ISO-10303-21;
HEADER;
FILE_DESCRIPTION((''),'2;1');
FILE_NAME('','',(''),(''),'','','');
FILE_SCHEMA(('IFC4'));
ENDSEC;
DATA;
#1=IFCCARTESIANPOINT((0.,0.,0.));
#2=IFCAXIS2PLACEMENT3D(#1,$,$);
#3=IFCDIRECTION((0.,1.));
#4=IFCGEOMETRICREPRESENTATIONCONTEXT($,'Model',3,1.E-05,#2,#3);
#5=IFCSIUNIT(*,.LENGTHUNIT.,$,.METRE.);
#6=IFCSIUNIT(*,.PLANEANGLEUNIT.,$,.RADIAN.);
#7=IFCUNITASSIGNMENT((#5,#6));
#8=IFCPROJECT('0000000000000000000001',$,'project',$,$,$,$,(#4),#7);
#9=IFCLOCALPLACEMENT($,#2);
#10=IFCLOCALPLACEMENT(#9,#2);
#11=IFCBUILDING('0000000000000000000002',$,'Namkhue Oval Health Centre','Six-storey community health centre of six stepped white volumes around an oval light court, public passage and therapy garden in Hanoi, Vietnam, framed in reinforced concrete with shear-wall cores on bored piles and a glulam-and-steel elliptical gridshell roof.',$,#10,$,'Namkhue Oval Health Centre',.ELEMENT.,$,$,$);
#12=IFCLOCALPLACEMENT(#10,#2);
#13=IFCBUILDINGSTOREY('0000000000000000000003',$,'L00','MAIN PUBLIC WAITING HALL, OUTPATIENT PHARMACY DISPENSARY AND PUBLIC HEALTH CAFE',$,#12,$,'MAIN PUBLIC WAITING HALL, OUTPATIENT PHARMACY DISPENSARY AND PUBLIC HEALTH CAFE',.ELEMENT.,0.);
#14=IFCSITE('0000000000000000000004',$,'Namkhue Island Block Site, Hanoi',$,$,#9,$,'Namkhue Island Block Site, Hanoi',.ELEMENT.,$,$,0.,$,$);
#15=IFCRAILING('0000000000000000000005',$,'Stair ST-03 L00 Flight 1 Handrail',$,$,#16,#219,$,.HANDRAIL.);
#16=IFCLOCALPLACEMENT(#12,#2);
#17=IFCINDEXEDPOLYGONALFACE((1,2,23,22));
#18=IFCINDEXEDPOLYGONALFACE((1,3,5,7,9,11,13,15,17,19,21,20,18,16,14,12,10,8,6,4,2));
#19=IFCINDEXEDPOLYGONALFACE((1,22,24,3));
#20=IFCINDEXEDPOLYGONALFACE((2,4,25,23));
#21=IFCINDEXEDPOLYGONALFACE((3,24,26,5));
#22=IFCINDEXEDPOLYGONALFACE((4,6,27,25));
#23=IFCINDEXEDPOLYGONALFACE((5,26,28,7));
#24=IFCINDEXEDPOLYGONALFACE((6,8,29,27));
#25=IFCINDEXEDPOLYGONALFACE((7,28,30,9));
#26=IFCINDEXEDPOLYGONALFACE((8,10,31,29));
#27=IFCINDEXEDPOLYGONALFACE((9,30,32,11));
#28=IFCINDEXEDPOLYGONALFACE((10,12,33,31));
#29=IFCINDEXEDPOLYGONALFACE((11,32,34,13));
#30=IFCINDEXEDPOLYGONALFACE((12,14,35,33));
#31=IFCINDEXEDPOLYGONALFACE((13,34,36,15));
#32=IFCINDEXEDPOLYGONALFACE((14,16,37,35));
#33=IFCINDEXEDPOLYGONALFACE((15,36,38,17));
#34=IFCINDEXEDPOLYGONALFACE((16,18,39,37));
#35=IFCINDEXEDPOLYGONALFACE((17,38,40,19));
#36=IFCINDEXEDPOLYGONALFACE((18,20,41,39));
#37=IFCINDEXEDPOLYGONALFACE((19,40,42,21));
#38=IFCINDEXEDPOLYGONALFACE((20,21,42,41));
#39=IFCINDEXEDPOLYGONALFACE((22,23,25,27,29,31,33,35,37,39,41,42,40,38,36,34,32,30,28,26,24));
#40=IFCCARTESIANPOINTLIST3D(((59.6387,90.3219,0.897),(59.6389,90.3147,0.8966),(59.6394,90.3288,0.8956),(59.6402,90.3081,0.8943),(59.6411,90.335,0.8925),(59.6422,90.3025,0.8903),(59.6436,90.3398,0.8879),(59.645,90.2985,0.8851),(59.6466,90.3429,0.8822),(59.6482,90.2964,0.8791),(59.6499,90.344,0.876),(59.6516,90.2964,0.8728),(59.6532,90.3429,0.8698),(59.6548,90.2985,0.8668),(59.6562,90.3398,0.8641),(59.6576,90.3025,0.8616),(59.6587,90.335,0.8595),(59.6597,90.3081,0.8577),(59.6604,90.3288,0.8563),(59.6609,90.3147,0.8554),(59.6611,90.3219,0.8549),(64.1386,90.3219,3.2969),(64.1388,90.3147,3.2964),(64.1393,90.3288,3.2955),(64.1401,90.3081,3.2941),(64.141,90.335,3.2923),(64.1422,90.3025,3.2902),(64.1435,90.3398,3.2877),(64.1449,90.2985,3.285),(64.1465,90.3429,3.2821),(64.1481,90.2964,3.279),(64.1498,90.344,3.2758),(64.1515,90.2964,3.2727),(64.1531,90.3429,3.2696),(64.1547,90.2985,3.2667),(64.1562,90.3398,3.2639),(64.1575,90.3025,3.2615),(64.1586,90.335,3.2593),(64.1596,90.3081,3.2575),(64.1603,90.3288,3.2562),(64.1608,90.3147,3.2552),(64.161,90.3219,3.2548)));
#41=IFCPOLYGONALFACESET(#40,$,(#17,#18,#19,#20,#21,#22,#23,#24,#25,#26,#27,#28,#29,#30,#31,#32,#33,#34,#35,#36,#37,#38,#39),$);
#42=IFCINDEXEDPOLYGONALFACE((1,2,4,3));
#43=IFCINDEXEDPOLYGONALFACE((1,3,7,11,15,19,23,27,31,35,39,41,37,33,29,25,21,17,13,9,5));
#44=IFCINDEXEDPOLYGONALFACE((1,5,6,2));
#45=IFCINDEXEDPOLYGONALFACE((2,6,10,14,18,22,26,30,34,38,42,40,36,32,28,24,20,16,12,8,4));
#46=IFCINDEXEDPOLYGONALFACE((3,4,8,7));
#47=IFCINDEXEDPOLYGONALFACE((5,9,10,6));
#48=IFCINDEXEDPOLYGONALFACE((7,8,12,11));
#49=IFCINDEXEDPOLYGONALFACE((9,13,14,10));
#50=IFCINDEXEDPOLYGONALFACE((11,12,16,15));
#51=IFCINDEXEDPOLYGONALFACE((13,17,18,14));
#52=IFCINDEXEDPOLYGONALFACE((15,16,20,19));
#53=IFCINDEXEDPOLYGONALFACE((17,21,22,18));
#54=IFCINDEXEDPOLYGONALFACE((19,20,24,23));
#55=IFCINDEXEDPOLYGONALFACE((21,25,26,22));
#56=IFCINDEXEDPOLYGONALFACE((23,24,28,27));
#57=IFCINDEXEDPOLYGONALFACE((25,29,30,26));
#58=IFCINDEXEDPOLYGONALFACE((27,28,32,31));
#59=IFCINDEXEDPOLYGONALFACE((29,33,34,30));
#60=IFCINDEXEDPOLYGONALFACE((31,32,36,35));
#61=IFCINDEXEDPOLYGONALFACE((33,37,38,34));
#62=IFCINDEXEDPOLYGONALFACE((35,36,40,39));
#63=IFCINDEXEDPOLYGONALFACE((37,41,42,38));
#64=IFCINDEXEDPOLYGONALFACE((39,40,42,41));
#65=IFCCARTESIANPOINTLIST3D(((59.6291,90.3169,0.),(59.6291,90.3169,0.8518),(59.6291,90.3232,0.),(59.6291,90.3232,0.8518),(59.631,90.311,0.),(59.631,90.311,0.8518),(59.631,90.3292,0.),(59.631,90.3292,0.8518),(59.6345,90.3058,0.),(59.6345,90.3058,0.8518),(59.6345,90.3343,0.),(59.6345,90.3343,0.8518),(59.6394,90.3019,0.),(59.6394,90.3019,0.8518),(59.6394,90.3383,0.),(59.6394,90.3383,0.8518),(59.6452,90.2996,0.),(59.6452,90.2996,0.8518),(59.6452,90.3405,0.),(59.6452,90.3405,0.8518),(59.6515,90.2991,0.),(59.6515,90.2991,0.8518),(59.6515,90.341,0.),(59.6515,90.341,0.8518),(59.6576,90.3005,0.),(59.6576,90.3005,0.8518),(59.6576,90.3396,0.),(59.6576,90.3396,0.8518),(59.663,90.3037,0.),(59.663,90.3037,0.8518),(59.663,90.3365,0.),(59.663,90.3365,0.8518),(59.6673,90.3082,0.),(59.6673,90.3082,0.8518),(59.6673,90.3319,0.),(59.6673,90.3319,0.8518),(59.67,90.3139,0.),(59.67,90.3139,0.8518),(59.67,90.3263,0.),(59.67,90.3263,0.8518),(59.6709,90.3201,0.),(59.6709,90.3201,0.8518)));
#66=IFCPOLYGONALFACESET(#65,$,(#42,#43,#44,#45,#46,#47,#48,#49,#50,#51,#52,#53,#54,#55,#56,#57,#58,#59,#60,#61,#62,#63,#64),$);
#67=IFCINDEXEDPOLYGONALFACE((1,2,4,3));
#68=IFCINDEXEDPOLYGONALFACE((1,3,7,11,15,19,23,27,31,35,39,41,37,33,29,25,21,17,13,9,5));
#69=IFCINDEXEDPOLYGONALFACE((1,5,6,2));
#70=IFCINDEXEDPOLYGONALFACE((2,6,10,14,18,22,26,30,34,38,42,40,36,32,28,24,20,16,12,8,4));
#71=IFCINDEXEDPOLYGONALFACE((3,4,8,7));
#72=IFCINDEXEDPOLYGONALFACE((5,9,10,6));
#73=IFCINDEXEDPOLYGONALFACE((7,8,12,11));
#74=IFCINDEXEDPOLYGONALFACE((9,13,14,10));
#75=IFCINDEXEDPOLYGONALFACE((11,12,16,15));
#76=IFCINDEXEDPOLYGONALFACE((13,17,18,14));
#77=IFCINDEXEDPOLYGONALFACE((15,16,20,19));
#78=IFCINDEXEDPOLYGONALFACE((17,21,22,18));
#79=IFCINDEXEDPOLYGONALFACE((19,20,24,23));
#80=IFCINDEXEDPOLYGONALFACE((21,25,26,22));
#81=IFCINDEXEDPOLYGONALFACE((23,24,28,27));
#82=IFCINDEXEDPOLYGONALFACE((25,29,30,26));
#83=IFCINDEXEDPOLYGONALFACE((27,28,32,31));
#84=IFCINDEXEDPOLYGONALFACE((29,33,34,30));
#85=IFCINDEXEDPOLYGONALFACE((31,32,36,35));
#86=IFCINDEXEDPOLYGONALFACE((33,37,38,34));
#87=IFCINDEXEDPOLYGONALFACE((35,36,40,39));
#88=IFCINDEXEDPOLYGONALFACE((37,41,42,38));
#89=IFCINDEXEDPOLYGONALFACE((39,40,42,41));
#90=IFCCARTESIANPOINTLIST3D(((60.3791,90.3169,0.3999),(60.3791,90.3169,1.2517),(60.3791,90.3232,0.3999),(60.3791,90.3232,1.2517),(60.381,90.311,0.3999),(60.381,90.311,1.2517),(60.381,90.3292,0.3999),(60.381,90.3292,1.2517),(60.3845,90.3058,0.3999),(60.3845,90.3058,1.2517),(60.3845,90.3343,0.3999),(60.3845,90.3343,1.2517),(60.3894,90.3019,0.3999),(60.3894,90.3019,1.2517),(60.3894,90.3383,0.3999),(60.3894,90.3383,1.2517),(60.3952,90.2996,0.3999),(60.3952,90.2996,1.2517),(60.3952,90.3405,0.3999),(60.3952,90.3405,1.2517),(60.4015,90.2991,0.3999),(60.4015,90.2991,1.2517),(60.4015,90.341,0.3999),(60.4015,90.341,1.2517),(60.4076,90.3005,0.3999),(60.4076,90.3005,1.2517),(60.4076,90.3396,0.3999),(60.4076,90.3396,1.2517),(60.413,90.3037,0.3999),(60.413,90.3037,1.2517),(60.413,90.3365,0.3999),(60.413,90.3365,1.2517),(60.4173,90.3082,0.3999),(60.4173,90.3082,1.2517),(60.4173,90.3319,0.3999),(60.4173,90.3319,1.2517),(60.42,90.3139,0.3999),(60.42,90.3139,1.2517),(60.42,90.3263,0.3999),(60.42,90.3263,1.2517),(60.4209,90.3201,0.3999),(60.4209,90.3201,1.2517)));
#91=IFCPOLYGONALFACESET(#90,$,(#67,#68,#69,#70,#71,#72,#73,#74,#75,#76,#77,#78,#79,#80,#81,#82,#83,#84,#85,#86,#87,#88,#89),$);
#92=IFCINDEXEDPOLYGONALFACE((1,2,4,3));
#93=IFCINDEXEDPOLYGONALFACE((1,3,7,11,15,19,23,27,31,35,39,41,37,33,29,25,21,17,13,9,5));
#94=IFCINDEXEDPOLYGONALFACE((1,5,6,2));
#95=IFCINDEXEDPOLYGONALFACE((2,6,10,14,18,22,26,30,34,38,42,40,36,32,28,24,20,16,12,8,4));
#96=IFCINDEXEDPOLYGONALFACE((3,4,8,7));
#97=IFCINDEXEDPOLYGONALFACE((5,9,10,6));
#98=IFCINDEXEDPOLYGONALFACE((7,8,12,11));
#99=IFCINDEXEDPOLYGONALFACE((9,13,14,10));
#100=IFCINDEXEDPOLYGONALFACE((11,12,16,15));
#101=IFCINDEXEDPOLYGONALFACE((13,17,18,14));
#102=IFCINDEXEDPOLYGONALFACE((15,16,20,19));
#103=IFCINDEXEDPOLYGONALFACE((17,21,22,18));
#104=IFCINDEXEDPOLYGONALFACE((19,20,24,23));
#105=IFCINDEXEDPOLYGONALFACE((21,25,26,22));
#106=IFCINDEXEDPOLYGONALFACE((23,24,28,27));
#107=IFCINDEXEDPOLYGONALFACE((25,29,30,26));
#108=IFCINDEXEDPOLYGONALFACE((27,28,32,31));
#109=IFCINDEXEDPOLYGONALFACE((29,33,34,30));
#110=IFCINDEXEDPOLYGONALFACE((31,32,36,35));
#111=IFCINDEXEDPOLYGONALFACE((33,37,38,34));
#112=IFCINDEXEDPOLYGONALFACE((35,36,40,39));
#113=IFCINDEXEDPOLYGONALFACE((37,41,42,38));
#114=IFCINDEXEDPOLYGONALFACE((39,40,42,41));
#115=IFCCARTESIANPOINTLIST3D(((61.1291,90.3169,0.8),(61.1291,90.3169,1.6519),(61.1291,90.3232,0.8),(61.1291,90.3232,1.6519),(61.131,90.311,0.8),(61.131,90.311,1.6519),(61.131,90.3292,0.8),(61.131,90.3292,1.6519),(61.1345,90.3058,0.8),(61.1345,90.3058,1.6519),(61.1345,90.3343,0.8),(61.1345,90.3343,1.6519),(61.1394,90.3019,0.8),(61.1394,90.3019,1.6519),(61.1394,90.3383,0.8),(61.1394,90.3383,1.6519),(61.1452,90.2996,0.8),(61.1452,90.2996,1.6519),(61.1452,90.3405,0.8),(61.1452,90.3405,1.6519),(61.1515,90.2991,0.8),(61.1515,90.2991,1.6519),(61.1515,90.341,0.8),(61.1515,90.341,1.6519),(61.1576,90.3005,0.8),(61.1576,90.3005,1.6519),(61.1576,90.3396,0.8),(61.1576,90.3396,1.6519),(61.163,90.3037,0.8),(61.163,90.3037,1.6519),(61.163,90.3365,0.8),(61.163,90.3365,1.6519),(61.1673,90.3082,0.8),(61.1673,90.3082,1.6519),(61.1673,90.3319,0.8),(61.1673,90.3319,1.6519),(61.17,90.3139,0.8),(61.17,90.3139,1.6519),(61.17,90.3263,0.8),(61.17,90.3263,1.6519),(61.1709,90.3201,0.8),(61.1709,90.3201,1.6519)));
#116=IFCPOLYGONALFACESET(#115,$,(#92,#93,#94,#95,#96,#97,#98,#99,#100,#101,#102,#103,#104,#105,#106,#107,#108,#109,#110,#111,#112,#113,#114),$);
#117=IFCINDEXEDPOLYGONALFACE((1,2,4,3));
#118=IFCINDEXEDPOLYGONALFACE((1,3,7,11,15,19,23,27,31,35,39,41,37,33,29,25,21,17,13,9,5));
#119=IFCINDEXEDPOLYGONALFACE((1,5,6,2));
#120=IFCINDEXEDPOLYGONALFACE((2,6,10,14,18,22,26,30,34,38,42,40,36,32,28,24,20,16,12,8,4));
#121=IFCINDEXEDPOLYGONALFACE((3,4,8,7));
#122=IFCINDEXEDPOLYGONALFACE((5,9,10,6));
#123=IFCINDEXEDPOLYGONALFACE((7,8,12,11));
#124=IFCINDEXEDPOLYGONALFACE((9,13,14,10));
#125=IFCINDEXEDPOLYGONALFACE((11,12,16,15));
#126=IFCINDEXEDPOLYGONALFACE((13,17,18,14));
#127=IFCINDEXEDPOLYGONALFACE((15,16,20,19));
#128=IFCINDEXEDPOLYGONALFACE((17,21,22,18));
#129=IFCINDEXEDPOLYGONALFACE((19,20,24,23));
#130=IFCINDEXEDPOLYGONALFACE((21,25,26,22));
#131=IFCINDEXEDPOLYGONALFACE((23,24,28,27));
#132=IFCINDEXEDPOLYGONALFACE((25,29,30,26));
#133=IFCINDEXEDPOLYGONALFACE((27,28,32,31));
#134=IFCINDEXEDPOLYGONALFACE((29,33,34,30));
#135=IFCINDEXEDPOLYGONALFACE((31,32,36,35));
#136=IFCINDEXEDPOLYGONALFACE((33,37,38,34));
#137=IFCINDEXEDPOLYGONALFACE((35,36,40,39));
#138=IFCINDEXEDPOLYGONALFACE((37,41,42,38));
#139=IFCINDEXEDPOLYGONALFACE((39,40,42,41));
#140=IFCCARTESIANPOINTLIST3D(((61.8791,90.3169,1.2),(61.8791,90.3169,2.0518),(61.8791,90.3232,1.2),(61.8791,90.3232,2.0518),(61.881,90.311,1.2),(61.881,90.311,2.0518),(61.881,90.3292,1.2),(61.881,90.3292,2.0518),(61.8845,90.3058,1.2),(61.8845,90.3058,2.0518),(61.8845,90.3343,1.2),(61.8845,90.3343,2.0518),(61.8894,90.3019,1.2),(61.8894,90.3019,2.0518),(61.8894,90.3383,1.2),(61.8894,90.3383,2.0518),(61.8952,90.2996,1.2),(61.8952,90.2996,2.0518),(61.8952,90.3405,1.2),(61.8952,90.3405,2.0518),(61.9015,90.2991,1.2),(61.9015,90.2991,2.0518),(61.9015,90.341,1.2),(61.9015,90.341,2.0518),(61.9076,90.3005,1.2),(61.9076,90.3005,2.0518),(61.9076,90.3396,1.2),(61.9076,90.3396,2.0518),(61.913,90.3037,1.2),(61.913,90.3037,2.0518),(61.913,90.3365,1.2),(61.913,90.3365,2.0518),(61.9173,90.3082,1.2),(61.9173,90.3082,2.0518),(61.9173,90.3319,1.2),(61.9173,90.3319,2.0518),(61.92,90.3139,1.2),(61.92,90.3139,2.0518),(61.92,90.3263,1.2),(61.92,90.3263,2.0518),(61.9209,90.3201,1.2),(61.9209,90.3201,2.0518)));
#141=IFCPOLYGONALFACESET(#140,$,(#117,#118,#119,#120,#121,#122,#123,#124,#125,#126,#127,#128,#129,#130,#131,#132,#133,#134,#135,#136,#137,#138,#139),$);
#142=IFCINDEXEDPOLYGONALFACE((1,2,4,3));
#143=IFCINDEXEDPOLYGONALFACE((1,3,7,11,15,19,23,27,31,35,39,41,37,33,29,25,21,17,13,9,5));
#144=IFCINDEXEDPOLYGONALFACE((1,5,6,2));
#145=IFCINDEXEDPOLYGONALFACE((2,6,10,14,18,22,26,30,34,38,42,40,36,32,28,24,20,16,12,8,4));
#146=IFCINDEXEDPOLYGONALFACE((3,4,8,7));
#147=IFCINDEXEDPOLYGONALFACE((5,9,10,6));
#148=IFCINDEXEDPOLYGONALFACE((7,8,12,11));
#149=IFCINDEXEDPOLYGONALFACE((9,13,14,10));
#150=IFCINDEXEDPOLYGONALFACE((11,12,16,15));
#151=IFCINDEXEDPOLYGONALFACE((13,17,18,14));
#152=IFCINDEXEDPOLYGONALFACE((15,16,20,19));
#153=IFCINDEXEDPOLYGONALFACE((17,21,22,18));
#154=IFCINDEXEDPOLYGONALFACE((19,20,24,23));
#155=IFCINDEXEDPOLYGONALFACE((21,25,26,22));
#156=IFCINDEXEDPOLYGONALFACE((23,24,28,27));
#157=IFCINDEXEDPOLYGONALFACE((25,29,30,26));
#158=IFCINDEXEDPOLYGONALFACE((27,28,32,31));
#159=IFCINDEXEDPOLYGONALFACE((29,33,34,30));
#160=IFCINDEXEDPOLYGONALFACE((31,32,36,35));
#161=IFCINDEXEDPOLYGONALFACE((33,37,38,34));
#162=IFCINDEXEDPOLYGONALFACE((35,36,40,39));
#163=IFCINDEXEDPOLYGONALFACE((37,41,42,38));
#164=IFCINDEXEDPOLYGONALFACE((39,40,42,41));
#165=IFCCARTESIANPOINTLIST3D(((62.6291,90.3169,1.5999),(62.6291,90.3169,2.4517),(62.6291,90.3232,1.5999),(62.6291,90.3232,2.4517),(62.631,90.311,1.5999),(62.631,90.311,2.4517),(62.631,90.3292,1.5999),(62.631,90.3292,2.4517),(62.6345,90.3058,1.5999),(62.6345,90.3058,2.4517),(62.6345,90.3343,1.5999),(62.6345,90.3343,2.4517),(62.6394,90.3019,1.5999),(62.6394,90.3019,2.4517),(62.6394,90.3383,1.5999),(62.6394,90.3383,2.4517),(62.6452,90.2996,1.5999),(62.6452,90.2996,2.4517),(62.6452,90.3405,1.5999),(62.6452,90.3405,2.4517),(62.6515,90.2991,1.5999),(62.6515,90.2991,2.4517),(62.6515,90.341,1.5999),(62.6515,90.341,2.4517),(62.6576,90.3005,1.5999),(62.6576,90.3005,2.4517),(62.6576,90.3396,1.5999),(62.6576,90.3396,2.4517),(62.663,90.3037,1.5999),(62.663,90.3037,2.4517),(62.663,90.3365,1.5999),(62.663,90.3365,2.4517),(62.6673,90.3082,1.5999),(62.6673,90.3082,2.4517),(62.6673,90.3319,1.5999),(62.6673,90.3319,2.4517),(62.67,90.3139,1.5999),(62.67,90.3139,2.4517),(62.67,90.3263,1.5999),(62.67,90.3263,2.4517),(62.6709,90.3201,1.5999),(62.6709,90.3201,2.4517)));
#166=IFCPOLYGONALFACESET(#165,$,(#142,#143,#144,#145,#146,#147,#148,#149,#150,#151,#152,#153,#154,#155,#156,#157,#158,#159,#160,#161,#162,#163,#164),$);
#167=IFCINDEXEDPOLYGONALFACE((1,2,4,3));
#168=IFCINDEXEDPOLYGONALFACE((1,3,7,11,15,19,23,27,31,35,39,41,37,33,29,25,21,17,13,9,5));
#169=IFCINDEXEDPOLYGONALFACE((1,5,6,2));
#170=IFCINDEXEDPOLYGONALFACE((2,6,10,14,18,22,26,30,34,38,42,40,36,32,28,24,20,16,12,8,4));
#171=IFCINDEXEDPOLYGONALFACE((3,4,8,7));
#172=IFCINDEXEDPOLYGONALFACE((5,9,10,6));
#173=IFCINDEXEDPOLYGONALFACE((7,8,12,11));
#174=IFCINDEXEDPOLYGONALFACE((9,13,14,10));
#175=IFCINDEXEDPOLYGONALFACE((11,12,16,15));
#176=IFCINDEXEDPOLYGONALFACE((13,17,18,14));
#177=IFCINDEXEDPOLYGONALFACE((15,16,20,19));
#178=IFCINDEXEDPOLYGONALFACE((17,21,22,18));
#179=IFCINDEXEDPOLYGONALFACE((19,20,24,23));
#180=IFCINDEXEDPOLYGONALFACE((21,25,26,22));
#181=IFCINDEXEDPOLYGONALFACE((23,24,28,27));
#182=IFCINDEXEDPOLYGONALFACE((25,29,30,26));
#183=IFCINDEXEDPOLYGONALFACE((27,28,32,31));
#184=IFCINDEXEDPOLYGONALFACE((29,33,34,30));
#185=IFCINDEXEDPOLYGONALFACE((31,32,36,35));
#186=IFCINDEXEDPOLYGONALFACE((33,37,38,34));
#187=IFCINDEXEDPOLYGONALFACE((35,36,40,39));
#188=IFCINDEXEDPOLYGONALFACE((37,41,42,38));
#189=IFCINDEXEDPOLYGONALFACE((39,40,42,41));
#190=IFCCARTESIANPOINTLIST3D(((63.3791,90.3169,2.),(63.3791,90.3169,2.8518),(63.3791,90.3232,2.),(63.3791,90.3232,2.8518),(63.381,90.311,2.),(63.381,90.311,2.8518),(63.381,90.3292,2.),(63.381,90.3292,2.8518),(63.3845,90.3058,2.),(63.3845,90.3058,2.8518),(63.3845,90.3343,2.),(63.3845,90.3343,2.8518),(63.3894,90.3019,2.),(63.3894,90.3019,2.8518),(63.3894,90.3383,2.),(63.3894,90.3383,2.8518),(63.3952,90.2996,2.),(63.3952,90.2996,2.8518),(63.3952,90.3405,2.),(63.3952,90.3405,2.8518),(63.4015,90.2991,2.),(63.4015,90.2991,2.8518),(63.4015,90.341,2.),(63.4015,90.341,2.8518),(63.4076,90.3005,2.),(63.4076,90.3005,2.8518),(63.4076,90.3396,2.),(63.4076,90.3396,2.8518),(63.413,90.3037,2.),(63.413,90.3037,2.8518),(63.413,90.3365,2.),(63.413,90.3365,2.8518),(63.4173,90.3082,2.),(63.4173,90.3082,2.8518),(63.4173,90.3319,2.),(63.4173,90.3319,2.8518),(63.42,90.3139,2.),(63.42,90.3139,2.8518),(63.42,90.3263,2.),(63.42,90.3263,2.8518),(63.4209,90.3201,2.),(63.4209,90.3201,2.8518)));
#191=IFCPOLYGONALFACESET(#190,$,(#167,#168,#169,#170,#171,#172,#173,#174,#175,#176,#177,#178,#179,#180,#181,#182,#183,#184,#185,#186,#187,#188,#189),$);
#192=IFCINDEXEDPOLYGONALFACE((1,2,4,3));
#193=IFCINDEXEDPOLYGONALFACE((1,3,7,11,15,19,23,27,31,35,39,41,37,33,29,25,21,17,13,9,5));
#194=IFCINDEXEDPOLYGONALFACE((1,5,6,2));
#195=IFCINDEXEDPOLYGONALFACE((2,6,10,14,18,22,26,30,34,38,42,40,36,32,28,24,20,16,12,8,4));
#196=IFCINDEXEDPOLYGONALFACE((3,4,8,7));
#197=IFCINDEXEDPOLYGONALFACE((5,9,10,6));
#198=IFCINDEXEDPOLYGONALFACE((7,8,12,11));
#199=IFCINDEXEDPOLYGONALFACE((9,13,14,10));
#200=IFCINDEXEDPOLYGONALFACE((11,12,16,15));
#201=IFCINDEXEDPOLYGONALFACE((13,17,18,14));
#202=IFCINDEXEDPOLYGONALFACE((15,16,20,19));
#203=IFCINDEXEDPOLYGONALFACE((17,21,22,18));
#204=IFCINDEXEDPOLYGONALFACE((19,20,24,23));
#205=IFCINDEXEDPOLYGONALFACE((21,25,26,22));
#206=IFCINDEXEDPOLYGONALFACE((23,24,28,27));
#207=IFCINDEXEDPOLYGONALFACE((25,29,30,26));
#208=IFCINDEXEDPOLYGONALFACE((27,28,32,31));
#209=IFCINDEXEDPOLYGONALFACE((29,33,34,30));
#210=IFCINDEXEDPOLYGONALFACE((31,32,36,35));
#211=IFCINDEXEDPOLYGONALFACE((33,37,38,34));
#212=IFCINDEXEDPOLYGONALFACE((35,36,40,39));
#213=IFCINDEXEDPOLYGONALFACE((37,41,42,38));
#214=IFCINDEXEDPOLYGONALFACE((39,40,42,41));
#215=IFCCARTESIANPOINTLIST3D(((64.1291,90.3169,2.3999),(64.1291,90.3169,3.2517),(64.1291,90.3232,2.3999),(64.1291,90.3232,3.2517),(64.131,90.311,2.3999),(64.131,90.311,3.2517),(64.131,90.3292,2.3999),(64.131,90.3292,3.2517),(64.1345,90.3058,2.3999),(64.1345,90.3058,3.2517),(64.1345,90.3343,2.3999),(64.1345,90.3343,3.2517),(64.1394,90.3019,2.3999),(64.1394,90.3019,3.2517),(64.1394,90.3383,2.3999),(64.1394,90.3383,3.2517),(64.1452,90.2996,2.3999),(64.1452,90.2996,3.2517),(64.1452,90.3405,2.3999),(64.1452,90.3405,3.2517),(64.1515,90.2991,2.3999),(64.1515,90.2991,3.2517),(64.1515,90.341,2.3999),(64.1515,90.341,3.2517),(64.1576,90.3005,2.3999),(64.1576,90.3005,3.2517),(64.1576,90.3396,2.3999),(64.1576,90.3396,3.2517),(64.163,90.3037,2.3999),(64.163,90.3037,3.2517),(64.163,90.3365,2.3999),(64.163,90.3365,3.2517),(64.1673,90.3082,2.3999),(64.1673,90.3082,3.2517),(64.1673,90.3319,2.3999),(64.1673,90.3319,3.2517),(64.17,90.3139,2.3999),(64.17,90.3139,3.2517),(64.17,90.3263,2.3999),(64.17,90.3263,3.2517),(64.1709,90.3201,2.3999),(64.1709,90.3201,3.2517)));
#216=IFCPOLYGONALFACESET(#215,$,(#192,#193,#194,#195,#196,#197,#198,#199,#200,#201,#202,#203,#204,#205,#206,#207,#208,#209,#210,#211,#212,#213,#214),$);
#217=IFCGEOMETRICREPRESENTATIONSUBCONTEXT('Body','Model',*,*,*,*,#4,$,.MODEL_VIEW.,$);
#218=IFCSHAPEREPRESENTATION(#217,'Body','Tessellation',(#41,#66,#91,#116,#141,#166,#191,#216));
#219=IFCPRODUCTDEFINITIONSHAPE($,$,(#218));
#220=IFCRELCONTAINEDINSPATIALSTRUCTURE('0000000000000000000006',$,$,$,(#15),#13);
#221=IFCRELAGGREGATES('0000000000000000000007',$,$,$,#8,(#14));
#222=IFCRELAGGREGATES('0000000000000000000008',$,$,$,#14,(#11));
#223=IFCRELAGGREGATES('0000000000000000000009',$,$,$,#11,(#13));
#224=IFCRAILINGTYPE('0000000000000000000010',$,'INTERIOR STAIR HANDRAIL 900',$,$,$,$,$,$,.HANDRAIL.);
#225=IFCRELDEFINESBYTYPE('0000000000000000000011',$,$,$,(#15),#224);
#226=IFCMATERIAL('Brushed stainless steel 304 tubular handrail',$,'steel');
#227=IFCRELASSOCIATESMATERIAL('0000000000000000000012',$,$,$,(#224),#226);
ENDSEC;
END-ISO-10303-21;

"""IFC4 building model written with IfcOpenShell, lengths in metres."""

from ifc_helpers import new_model, si_unit, direction, frame, origin, origin_2d, place, context, subcontext, project, spatial, circle, extrude, material, type_object, element, save


model = new_model("IFC4")

# Units and contexts
model_context = context("Model", 3, precision=1e-05, world=origin(), true_north=direction((0.0, 1.0)))
body_context = subcontext(model_context, "Body", "Model", "MODEL_VIEW")
ifc_project = project(units=[si_unit("LENGTHUNIT", "METRE"), si_unit("PLANEANGLEUNIT", "RADIAN")], contexts=[model_context])

# Site, building, storey
site_placement = place(None, origin())
site = spatial("IfcSite", under=ifc_project, at=site_placement, Name="Namkhue Island Block Site, Hanoi", LongName="Namkhue Island Block Site, Hanoi", CompositionType="ELEMENT", RefElevation=0.0)
building_placement = place(site_placement, origin())
building = spatial("IfcBuilding", under=site, at=building_placement, Name="Namkhue Oval Health Centre", Description="Six-storey community health centre of six stepped white volumes around an oval light court, public passage and therapy garden in Hanoi, Vietnam, framed in reinforced concrete with shear-wall cores on bored piles and a glulam-and-steel elliptical gridshell roof.", LongName="Namkhue Oval Health Centre", CompositionType="ELEMENT")
storey_placement = place(building_placement, origin())
storey = spatial("IfcBuildingStorey", under=building, at=storey_placement, Name="L00", Description="MAIN PUBLIC WAITING HALL, OUTPATIENT PHARMACY DISPENSARY AND PUBLIC HEALTH CAFE", LongName="MAIN PUBLIC WAITING HALL, OUTPATIENT PHARMACY DISPENSARY AND PUBLIC HEALTH CAFE", CompositionType="ELEMENT", Elevation=0.0)

# Railing
ifc_material_1 = material(Name="Brushed stainless steel 304 tubular handrail", Category="steel")
railing_type_1 = type_object("IfcRailingType", Name="INTERIOR STAIR HANDRAIL 900", PredefinedType="HANDRAIL", material=ifc_material_1)
railing_1_placement = place(storey_placement, frame((59.6499, 90.3201, 0.0)))
element("IfcRailing", 1, at=railing_1_placement, inside=storey, type_object=railing_type_1, Name="Stair ST-03 L00 Flight 1 Handrail", PredefinedType="HANDRAIL", context=body_context, shape_type="SweptSolid", body=[
    extrude(circle(Radius=0.0239, at=origin_2d()), frame((0.0, 0.0, 0.876), z_axis=(0.882361, 0.0, 0.470573), x_axis=(0.0, 1.0, 0.0)), (0.0, 0.0, 1.0), 5.0999),
    extrude(circle(Radius=0.021, at=origin_2d()), origin(), (0.0, 0.0, 1.0), 0.8518),
    extrude(circle(Radius=0.021, at=origin_2d()), frame((0.75, 0.0, 0.3999)), (0.0, 0.0, 1.0), 0.8518),
    extrude(circle(Radius=0.021, at=origin_2d()), frame((1.5, 0.0, 0.8)), (0.0, 0.0, 1.0), 0.8518),
    extrude(circle(Radius=0.021, at=origin_2d()), frame((2.25, 0.0, 1.2)), (0.0, 0.0, 1.0), 0.8518),
    extrude(circle(Radius=0.021, at=origin_2d()), frame((3.0, 0.0, 1.5999)), (0.0, 0.0, 1.0), 0.8518),
    extrude(circle(Radius=0.021, at=origin_2d()), frame((3.75, 0.0, 2.0)), (0.0, 0.0, 1.0), 0.8518),
    extrude(circle(Radius=0.021, at=origin_2d()), frame((4.5, 0.0, 2.3999)), (0.0, 0.0, 1.0), 0.8518),
])

save(model, "model.ifc")
